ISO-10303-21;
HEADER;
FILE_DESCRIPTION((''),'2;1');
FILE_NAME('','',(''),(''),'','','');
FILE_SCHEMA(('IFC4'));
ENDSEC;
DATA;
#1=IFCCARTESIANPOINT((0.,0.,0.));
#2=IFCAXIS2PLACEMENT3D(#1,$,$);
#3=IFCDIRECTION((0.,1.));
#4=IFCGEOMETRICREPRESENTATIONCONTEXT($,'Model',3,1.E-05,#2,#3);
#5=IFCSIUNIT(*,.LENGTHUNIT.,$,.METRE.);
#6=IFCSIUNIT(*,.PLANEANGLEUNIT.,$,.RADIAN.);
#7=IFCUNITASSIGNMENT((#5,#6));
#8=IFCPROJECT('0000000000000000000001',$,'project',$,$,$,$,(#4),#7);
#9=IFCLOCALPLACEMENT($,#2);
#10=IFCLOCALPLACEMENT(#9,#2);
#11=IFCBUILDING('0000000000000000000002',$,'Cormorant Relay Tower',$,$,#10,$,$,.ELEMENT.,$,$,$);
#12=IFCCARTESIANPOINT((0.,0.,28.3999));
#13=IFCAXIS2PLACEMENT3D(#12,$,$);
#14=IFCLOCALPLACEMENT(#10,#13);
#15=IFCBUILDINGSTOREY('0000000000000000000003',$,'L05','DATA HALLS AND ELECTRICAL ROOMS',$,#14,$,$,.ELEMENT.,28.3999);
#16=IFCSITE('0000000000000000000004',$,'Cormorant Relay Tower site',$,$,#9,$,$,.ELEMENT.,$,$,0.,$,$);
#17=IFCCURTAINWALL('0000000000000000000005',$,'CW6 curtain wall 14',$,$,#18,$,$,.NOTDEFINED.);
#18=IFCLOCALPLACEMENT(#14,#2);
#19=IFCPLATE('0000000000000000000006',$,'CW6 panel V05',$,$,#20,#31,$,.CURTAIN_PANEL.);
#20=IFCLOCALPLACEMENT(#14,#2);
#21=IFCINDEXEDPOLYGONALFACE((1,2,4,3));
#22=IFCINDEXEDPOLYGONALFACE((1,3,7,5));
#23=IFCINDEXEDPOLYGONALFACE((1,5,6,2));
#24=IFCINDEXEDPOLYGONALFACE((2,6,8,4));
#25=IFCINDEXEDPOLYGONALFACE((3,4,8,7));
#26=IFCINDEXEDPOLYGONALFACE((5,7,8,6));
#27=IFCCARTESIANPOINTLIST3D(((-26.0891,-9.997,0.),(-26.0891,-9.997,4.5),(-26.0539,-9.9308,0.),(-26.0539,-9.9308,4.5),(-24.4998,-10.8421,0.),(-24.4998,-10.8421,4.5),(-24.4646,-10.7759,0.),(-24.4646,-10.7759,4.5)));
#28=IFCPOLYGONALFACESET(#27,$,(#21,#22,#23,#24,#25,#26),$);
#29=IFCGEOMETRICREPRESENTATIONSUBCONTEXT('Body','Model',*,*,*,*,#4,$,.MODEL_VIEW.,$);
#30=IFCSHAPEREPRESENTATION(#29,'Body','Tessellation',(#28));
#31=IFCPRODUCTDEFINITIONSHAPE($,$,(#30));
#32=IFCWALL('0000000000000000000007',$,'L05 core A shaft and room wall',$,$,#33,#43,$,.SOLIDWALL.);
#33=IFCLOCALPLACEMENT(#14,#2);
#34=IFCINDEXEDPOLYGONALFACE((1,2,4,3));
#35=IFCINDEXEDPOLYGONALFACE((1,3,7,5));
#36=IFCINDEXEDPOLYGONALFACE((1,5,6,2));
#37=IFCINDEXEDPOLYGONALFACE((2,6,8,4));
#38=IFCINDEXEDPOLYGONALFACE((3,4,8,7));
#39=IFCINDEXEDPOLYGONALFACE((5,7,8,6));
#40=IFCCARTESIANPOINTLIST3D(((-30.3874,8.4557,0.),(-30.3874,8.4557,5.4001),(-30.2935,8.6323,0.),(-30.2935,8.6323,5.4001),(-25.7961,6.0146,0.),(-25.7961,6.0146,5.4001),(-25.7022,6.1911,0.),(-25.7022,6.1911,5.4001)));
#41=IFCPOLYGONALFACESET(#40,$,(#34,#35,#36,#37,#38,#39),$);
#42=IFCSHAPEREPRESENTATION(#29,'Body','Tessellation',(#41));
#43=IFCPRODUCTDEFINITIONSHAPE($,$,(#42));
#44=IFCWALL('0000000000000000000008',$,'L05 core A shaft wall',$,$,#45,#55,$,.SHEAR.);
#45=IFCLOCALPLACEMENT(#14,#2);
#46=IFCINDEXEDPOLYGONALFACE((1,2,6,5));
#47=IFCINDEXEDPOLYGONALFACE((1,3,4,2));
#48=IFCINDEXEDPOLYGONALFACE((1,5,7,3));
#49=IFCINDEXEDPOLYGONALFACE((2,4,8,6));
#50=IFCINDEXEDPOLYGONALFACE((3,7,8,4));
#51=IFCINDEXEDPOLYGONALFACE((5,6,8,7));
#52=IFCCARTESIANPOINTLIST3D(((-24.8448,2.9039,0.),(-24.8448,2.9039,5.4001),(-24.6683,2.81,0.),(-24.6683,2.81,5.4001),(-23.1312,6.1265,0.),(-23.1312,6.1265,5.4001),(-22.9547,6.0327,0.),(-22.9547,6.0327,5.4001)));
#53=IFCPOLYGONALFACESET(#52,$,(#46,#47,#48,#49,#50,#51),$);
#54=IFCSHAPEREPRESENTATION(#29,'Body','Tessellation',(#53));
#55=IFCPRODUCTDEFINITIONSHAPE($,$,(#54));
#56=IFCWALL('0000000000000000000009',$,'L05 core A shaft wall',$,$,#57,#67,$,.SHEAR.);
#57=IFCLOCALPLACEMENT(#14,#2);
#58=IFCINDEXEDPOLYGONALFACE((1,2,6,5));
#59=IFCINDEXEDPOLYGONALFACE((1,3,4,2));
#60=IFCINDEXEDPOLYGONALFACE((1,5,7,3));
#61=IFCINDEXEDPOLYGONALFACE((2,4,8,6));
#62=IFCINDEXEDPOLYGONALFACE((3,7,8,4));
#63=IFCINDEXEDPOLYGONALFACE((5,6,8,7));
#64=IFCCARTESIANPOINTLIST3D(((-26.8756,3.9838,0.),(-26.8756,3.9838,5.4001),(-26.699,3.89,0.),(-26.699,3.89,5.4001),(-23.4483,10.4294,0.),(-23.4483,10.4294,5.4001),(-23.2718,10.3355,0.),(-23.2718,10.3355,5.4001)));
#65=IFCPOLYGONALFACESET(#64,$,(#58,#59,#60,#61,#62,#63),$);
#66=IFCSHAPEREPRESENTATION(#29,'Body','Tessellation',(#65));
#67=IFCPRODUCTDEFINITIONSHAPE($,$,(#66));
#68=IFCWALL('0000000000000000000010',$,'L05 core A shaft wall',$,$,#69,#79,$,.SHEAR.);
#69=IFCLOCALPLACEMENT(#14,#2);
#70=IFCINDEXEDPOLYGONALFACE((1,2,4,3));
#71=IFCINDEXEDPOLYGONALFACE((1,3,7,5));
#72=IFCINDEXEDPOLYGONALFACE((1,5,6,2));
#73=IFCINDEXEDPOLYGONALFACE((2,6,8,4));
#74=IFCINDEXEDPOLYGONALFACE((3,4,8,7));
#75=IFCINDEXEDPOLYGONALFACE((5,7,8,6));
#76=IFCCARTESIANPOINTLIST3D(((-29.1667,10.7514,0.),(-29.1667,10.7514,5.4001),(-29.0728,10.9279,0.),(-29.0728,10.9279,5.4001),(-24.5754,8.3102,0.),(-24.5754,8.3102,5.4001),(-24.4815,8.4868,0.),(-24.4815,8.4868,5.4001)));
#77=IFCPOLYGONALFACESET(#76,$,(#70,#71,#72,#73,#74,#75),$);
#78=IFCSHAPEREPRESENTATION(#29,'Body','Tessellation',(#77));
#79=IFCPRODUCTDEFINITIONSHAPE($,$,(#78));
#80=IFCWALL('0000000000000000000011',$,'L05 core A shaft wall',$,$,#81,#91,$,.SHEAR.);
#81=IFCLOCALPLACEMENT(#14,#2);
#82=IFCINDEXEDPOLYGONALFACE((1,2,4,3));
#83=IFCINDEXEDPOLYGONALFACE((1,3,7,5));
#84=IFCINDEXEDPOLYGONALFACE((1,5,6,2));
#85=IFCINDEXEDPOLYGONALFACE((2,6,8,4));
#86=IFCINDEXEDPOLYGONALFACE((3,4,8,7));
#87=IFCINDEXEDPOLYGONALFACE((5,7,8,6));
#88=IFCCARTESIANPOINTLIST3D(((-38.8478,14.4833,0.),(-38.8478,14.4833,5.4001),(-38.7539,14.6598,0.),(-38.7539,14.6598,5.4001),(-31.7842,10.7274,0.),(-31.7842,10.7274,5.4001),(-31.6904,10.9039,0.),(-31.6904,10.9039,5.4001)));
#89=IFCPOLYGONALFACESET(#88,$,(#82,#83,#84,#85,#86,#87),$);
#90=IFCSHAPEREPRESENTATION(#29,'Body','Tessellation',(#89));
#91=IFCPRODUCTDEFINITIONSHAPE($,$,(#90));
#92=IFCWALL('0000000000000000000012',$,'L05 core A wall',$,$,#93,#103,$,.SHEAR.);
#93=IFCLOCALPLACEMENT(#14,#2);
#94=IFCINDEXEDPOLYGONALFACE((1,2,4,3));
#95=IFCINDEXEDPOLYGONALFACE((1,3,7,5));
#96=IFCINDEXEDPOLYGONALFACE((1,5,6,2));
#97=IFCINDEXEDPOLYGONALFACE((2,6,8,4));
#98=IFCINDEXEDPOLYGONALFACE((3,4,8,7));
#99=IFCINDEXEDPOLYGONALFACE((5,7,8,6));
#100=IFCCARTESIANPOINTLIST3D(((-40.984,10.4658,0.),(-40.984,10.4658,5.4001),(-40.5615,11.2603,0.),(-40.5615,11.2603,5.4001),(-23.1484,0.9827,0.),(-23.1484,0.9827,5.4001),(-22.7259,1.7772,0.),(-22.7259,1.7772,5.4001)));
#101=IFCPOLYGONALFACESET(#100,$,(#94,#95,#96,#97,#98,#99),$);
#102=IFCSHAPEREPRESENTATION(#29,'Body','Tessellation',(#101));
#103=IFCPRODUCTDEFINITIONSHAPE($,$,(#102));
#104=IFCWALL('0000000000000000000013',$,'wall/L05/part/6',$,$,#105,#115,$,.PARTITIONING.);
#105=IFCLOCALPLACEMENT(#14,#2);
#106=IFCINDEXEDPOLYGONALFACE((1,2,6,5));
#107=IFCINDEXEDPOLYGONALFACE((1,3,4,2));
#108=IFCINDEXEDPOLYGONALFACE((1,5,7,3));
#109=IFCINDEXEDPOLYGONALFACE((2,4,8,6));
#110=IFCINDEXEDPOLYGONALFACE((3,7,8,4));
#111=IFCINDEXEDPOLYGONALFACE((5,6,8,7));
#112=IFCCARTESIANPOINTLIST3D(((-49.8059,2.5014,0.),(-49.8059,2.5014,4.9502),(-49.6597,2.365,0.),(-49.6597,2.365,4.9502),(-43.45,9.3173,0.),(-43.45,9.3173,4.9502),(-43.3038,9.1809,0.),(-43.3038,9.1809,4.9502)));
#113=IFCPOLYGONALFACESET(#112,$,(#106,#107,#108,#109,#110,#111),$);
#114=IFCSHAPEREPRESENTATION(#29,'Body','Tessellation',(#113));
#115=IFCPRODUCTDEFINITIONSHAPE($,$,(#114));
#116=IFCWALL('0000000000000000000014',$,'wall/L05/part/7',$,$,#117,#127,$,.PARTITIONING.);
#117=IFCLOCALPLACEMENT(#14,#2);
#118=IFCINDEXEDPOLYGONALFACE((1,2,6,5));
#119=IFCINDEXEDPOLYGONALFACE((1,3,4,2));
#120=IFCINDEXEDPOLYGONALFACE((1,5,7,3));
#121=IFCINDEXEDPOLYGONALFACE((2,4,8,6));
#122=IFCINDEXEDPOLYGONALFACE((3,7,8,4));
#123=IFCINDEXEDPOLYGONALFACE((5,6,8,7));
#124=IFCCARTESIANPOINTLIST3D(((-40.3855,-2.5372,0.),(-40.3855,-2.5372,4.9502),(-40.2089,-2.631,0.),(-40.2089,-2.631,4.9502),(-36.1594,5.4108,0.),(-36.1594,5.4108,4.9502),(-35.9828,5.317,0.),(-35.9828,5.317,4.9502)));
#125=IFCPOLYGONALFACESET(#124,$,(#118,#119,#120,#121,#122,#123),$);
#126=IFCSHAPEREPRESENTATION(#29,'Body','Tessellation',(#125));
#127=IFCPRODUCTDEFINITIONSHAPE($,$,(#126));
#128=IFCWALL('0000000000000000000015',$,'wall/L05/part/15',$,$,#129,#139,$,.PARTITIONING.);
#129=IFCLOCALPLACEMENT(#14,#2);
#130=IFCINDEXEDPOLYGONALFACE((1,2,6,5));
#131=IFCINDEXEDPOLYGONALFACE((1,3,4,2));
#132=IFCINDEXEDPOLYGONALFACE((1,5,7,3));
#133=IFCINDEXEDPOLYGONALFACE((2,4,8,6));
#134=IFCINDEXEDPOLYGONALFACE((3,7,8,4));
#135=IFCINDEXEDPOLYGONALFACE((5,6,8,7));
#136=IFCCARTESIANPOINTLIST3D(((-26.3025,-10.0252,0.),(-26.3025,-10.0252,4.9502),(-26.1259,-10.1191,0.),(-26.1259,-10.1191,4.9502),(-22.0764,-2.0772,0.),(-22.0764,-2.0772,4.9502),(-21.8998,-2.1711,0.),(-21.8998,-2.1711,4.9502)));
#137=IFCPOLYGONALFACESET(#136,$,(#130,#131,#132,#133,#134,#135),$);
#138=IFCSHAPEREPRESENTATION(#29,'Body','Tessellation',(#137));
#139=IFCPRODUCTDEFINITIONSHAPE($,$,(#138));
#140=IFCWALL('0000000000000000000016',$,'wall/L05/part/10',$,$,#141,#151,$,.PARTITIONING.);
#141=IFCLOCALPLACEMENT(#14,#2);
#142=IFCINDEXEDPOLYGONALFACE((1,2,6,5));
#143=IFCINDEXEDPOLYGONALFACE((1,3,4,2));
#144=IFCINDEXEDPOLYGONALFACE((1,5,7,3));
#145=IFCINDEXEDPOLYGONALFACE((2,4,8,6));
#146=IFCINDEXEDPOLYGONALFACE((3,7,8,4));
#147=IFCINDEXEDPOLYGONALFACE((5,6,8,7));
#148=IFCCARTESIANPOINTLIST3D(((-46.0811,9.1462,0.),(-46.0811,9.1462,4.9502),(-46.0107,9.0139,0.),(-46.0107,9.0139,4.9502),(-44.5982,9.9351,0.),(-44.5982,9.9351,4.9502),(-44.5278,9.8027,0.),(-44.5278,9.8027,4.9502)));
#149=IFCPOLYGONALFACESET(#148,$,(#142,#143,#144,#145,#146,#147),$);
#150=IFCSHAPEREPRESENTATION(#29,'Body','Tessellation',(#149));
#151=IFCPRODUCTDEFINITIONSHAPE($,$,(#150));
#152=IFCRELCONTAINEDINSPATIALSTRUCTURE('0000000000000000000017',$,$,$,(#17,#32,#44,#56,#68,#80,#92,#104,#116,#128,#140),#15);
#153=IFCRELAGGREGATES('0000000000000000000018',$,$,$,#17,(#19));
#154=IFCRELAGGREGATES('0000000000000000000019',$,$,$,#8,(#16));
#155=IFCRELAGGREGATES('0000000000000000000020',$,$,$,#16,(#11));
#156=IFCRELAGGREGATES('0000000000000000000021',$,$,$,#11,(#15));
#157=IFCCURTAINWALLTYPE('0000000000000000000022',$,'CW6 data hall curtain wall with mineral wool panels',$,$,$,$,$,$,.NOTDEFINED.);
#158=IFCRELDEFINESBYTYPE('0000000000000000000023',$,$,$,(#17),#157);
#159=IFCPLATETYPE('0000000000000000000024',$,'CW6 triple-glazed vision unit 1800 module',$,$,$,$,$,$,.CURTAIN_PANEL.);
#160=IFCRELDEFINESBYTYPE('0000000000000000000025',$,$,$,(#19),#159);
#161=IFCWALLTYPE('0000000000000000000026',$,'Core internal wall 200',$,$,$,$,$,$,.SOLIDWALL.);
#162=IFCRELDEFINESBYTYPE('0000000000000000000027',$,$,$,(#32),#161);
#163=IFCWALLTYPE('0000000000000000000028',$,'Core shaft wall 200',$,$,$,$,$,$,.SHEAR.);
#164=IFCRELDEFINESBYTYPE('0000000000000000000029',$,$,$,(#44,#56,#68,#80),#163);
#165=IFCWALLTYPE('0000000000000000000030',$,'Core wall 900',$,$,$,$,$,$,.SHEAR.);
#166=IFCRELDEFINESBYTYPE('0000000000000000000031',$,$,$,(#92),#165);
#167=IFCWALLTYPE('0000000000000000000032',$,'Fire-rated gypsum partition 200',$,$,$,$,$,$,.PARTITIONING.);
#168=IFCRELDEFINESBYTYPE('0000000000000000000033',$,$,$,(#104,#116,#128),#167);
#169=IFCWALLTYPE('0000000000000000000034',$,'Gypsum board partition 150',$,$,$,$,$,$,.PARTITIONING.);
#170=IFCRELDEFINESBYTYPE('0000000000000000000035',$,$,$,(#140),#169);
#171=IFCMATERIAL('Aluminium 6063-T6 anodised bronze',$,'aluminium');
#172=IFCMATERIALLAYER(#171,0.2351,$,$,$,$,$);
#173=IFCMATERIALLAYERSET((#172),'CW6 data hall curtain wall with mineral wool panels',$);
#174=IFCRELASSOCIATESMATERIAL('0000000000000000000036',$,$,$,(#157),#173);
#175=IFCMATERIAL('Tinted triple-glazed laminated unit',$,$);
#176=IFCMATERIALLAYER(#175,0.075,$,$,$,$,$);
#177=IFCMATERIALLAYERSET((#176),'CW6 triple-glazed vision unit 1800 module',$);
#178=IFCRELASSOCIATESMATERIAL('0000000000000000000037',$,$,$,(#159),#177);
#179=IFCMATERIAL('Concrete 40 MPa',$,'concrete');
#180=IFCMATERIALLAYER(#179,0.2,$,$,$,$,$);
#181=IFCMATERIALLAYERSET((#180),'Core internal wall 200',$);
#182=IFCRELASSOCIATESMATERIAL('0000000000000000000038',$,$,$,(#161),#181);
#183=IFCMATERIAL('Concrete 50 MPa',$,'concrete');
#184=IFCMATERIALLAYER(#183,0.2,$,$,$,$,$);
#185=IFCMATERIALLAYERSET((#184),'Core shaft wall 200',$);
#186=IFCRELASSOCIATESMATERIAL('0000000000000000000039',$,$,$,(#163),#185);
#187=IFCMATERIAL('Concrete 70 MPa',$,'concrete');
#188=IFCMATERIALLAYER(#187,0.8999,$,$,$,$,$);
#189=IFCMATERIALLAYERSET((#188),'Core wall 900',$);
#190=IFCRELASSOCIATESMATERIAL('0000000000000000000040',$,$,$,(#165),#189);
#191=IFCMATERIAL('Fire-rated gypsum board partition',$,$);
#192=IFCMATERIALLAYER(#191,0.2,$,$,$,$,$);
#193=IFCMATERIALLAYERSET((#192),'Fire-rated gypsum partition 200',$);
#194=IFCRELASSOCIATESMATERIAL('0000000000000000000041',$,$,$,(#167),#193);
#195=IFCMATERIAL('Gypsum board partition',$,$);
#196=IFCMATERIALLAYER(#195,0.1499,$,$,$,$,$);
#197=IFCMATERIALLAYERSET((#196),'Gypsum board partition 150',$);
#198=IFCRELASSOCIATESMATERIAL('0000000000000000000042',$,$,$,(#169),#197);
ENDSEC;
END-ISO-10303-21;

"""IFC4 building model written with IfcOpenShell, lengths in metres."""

from ifc_helpers import new_model, si_unit, direction, frame, frame_2d, origin, origin_2d, place, context, subcontext, project, spatial, rectangle, extrude, material, layer, layer_set, type_object, element, aggregate, save


model = new_model("IFC4")

# Units and contexts
model_context = context("Model", 3, precision=1e-05, world=origin(), true_north=direction((0.0, 1.0)))
body_context = subcontext(model_context, "Body", "Model", "MODEL_VIEW")
ifc_project = project(units=[si_unit("LENGTHUNIT", "METRE"), si_unit("PLANEANGLEUNIT", "RADIAN")], contexts=[model_context])

# Site, building, storey
site_placement = place(None, origin())
site = spatial("IfcSite", under=ifc_project, at=site_placement, Name="Cormorant Relay Tower site", CompositionType="ELEMENT", RefElevation=0.0)
building_placement = place(site_placement, origin())
building = spatial("IfcBuilding", under=site, at=building_placement, Name="Cormorant Relay Tower", CompositionType="ELEMENT")
storey_placement = place(building_placement, frame((0.0, 0.0, 28.3999)))
storey = spatial("IfcBuildingStorey", under=building, at=storey_placement, Name="L05", Description="DATA HALLS AND ELECTRICAL ROOMS", CompositionType="ELEMENT", Elevation=28.3999)

# Curtain wall, plate
ifc_material_1 = material(Name="Aluminium 6063-T6 anodised bronze", Category="aluminium")
ifc_layer_1 = layer(ifc_material_1, 0.2351)
ifc_layer_set_1 = layer_set([ifc_layer_1], Name="CW6 data hall curtain wall with mineral wool panels")
curtain_wall_type = type_object("IfcCurtainWallType", Name="CW6 data hall curtain wall with mineral wool panels", PredefinedType="NOTDEFINED", material=ifc_layer_set_1)
curtain_wall_placement = place(storey_placement, origin())
curtain_wall = element("IfcCurtainWall", 1, at=curtain_wall_placement, inside=storey, type_object=curtain_wall_type, Name="CW6 curtain wall 14", PredefinedType="NOTDEFINED")
ifc_material_2 = material(Name="Tinted triple-glazed laminated unit")
ifc_layer_2 = layer(ifc_material_2, 0.075)
ifc_layer_set_2 = layer_set([ifc_layer_2], Name="CW6 triple-glazed vision unit 1800 module")
plate_type = type_object("IfcPlateType", Name="CW6 triple-glazed vision unit 1800 module", PredefinedType="CURTAIN_PANEL", material=ifc_layer_set_2)
plate_1_placement = place(storey_placement, frame((-25.2769, -10.3865, 0.0), z_axis=(0.0, 0.0, 1.0), x_axis=(0.882948, -0.469472, 0.0)))
plate_1 = element("IfcPlate", 2, at=plate_1_placement, type_object=plate_type, Name="CW6 panel V05", PredefinedType="CURTAIN_PANEL", context=body_context, shape_type="SweptSolid", body=[
    extrude(rectangle(XDim=1.8, YDim=0.075, at=origin_2d()), origin(), (0.0, 0.0, 1.0), 4.5),
])

# Walls
ifc_material_3 = material(Name="Concrete 40 MPa", Category="concrete")
ifc_layer_3 = layer(ifc_material_3, 0.2)
ifc_layer_set_3 = layer_set([ifc_layer_3], Name="Core internal wall 200")
wall_type_1 = type_object("IfcWallType", Name="Core internal wall 200", PredefinedType="SOLIDWALL", material=ifc_layer_set_3)
wall_1_placement = place(storey_placement, frame((-25.749, 6.1028, 0.0), z_axis=(0.0, 0.0, 1.0), x_axis=(-0.882954, 0.46946, 0.0)))
element("IfcWall", 3, at=wall_1_placement, inside=storey, type_object=wall_type_1, Name="L05 core A shaft and room wall", PredefinedType="SOLIDWALL", context=body_context, shape_type="SweptSolid", body=[
    extrude(rectangle(XDim=5.2, YDim=0.2, at=frame_2d((2.6001, 0.0))), origin(), (0.0, 0.0, 1.0), 5.4001),
])
ifc_material_4 = material(Name="Concrete 50 MPa", Category="concrete")
ifc_layer_4 = layer(ifc_material_4, 0.2)
ifc_layer_set_4 = layer_set([ifc_layer_4], Name="Core shaft wall 200")
wall_type_2 = type_object("IfcWallType", Name="Core shaft wall 200", PredefinedType="SHEAR", material=ifc_layer_set_4)
wall_2_placement = place(storey_placement, frame((-23.043, 6.0796, 0.0), z_axis=(0.0, 0.0, 1.0), x_axis=(-0.469494, -0.882936, 0.0)))
element("IfcWall", 4, at=wall_2_placement, inside=storey, type_object=wall_type_2, Name="L05 core A shaft wall", PredefinedType="SHEAR", context=body_context, shape_type="SweptSolid", body=[
    extrude(rectangle(XDim=3.6499, YDim=0.2, at=frame_2d((1.825, 0.0))), origin(), (0.0, 0.0, 1.0), 5.4001),
])
wall_3_placement = place(storey_placement, frame((-23.3601, 10.3823, 0.0), z_axis=(0.0, 0.0, 1.0), x_axis=(-0.46948, -0.882943, 0.0)))
element("IfcWall", 5, at=wall_3_placement, inside=storey, type_object=wall_type_2, Name="L05 core A shaft wall", PredefinedType="SHEAR", context=body_context, shape_type="SweptSolid", body=[
    extrude(rectangle(XDim=7.3, YDim=0.2, at=frame_2d((3.6499, 0.0))), origin(), (0.0, 0.0, 1.0), 5.4001),
])
wall_4_placement = place(storey_placement, frame((-24.5283, 8.3984, 0.0), z_axis=(0.0, 0.0, 1.0), x_axis=(-0.882954, 0.46946, 0.0)))
element("IfcWall", 6, at=wall_4_placement, inside=storey, type_object=wall_type_2, Name="L05 core A shaft wall", PredefinedType="SHEAR", context=body_context, shape_type="SweptSolid", body=[
    extrude(rectangle(XDim=5.2, YDim=0.2, at=frame_2d((2.6001, 0.0))), origin(), (0.0, 0.0, 1.0), 5.4001),
])
wall_5_placement = place(storey_placement, frame((-31.7373, 10.8157, 0.0), z_axis=(0.0, 0.0, 1.0), x_axis=(-0.88294, 0.469485, 0.0)))
element("IfcWall", 7, at=wall_5_placement, inside=storey, type_object=wall_type_2, Name="L05 core A shaft wall", PredefinedType="SHEAR", context=body_context, shape_type="SweptSolid", body=[
    extrude(rectangle(XDim=8.0, YDim=0.2, at=frame_2d((4.0, 0.0))), origin(), (0.0, 0.0, 1.0), 5.4001),
])
ifc_material_5 = material(Name="Concrete 70 MPa", Category="concrete")
ifc_layer_5 = layer(ifc_material_5, 0.8999)
ifc_layer_set_5 = layer_set([ifc_layer_5], Name="Core wall 900")
wall_type_3 = type_object("IfcWallType", Name="Core wall 900", PredefinedType="SHEAR", material=ifc_layer_set_5)
wall_6_placement = place(storey_placement, frame((-22.937, 1.3799, 0.0), z_axis=(0.0, 0.0, 1.0), x_axis=(-0.882953, 0.469462, 0.0)))
element("IfcWall", 8, at=wall_6_placement, inside=storey, type_object=wall_type_3, Name="L05 core A wall", PredefinedType="SHEAR", context=body_context, shape_type="SweptSolid", body=[
    extrude(rectangle(XDim=20.2, YDim=0.8999, at=frame_2d((10.1001, 0.0))), origin(), (0.0, 0.0, 1.0), 5.4001),
])
ifc_material_6 = material(Name="Fire-rated gypsum board partition")
ifc_layer_6 = layer(ifc_material_6, 0.2)
ifc_layer_set_6 = layer_set([ifc_layer_6], Name="Fire-rated gypsum partition 200")
wall_type_4 = type_object("IfcWallType", Name="Fire-rated gypsum partition 200", PredefinedType="PARTITIONING", material=ifc_layer_set_6)
wall_7_placement = place(storey_placement, frame((-43.377, 9.249, 0.0), z_axis=(0.0, 0.0, 1.0), x_axis=(-0.681999, -0.731353, 0.0)))
element("IfcWall", 9, at=wall_7_placement, inside=storey, type_object=wall_type_4, Name="wall/L05/part/6", PredefinedType="PARTITIONING", context=body_context, shape_type="SweptSolid", body=[
    extrude(rectangle(XDim=9.3196, YDim=0.2, at=frame_2d((4.6597, 0.0))), origin(), (0.0, 0.0, 1.0), 4.9502),
])
for number, where, z_axis, x_axis, name in (
    (10, (-36.071, 5.364, 0.0), (0.0, 0.0, 1.0), (-0.469476, -0.882945, 0.0), "wall/L05/part/7"),
    (11, (-21.988, -2.124, 0.0), (0.0, 0.0, 1.0), (-0.469476, -0.882945, 0.0), "wall/L05/part/15"),
):
    element("IfcWall", number, at=place(storey_placement, frame(where, z_axis=z_axis, x_axis=x_axis)), inside=storey, type_object=wall_type_4, Name=name, PredefinedType="PARTITIONING", context=body_context, shape_type="SweptSolid", body=[
        extrude(rectangle(XDim=9.0017, YDim=0.2, at=frame_2d((4.501, 0.0))), origin(), (0.0, 0.0, 1.0), 4.9502),
    ])
ifc_material_7 = material(Name="Gypsum board partition")
ifc_layer_7 = layer(ifc_material_7, 0.1499)
ifc_layer_set_7 = layer_set([ifc_layer_7], Name="Gypsum board partition 150")
wall_type_5 = type_object("IfcWallType", Name="Gypsum board partition 150", PredefinedType="PARTITIONING", material=ifc_layer_set_7)
wall_8_placement = place(storey_placement, frame((-44.563, 9.8689, 0.0), z_axis=(0.0, 0.0, 1.0), x_axis=(-0.882863, -0.46963, 0.0)))
element("IfcWall", 12, at=wall_8_placement, inside=storey, type_object=wall_type_5, Name="wall/L05/part/10", PredefinedType="PARTITIONING", context=body_context, shape_type="SweptSolid", body=[
    extrude(rectangle(XDim=1.6797, YDim=0.1499, at=frame_2d((0.8398, 0.0))), origin(), (0.0, 0.0, 1.0), 4.9502),
])

aggregate(curtain_wall, [plate_1])

save(model, "model.ifc")
